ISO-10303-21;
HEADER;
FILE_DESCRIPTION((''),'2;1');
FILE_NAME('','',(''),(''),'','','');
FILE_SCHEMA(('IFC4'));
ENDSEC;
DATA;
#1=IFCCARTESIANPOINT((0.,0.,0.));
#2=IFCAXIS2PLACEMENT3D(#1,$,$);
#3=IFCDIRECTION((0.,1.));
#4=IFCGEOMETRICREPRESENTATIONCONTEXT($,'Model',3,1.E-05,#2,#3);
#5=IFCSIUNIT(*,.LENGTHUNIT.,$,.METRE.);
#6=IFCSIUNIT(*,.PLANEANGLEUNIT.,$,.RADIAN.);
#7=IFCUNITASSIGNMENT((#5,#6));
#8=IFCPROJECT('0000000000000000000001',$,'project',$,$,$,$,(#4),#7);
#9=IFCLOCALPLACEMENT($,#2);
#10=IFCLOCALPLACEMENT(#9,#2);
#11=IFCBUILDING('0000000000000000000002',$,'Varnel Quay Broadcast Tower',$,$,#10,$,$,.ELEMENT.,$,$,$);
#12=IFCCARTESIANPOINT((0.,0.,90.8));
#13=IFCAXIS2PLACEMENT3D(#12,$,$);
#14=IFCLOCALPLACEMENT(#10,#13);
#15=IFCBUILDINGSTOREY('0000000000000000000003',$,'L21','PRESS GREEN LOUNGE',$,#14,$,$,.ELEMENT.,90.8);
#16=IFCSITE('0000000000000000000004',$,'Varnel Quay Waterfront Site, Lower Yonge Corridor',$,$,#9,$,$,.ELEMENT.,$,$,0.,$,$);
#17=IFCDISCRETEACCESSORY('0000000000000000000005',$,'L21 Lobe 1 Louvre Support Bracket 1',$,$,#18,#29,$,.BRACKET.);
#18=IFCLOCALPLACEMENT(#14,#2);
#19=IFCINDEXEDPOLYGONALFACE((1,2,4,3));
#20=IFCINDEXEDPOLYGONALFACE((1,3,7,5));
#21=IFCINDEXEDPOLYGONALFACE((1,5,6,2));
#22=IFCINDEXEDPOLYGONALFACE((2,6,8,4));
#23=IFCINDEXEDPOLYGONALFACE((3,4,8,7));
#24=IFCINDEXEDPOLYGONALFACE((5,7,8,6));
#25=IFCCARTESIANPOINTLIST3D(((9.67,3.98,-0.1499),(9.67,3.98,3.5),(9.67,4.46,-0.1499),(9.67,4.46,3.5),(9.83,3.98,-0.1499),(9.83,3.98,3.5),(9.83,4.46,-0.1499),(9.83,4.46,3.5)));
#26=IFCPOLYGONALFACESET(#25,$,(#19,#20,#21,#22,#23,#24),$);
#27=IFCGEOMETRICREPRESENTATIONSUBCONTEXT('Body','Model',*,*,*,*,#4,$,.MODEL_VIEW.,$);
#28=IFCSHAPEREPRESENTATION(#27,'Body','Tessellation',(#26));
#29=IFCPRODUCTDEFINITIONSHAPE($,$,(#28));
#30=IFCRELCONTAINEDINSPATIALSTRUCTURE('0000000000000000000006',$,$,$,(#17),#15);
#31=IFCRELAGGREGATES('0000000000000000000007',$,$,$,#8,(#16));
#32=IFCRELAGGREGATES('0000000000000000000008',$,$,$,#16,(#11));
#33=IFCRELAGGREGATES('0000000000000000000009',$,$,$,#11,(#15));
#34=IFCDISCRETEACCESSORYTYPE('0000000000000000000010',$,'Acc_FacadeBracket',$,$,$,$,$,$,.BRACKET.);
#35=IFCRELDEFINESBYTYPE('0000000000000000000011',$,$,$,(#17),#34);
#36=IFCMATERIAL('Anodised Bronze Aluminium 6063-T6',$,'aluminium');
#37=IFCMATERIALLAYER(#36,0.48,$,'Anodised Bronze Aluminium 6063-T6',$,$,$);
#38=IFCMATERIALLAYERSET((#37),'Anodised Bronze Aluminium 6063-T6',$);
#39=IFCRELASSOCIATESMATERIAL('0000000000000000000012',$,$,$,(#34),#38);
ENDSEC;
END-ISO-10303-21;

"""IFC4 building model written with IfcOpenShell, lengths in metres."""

from ifc_helpers import new_model, si_unit, direction, frame, origin, origin_2d, place, context, subcontext, project, spatial, rectangle, extrude, source, transform, mapped, material, layer, layer_set, type_object, type_shapes, element, save


model = new_model("IFC4")

# Units and contexts
model_context = context("Model", 3, precision=1e-05, world=origin(), true_north=direction((0.0, 1.0)))
body_context = subcontext(model_context, "Body", "Model", "MODEL_VIEW")
ifc_project = project(units=[si_unit("LENGTHUNIT", "METRE"), si_unit("PLANEANGLEUNIT", "RADIAN")], contexts=[model_context])

# Site, building, storey
site_placement = place(None, origin())
site = spatial("IfcSite", under=ifc_project, at=site_placement, Name="Varnel Quay Waterfront Site, Lower Yonge Corridor", CompositionType="ELEMENT", RefElevation=0.0)
building_placement = place(site_placement, origin())
building = spatial("IfcBuilding", under=site, at=building_placement, Name="Varnel Quay Broadcast Tower", CompositionType="ELEMENT")
storey_placement = place(building_placement, frame((0.0, 0.0, 90.8)))
storey = spatial("IfcBuildingStorey", under=building, at=storey_placement, Name="L21", Description="PRESS GREEN LOUNGE", CompositionType="ELEMENT", Elevation=90.8)

# Shared definitions
ifc_material_1 = material(Name="Anodised Bronze Aluminium 6063-T6", Category="aluminium")

# Discrete accessory
ifc_layer_1 = layer(ifc_material_1, 0.48, Name="Anodised Bronze Aluminium 6063-T6")
ifc_layer_set_1 = layer_set([ifc_layer_1], Name="Anodised Bronze Aluminium 6063-T6")
discrete_accessory_type = type_object("IfcDiscreteAccessoryType", Name="Acc_FacadeBracket", PredefinedType="BRACKET", material=ifc_layer_set_1)
shared_shape_1 = source(origin(), body_context, "Body", "SweptSolid", [
    extrude(rectangle(XDim=0.1599, YDim=0.48, at=origin_2d()), origin(), (0.0, 0.0, 1.0), 3.6499),
])
type_shapes(discrete_accessory_type, [shared_shape_1])
discrete_accessory_placement = place(storey_placement, frame((9.75, 4.22, -0.1499), z_axis=(0.0, 0.0, 1.0), x_axis=(1.0, 0.0, 0.0)))
element("IfcDiscreteAccessory", 1, at=discrete_accessory_placement, inside=storey, type_object=discrete_accessory_type, Name="L21 Lobe 1 Louvre Support Bracket 1", PredefinedType="BRACKET", context=body_context, shape_type="MappedRepresentation", body=[
    mapped(shared_shape_1, transform((0.0, 0.0, 0.0), x_axis=(1.0, 0.0, 0.0), y_axis=(0.0, 1.0, 0.0), z_axis=(0.0, 0.0, 1.0), scale=1.0)),
])

save(model, "model.ifc")
